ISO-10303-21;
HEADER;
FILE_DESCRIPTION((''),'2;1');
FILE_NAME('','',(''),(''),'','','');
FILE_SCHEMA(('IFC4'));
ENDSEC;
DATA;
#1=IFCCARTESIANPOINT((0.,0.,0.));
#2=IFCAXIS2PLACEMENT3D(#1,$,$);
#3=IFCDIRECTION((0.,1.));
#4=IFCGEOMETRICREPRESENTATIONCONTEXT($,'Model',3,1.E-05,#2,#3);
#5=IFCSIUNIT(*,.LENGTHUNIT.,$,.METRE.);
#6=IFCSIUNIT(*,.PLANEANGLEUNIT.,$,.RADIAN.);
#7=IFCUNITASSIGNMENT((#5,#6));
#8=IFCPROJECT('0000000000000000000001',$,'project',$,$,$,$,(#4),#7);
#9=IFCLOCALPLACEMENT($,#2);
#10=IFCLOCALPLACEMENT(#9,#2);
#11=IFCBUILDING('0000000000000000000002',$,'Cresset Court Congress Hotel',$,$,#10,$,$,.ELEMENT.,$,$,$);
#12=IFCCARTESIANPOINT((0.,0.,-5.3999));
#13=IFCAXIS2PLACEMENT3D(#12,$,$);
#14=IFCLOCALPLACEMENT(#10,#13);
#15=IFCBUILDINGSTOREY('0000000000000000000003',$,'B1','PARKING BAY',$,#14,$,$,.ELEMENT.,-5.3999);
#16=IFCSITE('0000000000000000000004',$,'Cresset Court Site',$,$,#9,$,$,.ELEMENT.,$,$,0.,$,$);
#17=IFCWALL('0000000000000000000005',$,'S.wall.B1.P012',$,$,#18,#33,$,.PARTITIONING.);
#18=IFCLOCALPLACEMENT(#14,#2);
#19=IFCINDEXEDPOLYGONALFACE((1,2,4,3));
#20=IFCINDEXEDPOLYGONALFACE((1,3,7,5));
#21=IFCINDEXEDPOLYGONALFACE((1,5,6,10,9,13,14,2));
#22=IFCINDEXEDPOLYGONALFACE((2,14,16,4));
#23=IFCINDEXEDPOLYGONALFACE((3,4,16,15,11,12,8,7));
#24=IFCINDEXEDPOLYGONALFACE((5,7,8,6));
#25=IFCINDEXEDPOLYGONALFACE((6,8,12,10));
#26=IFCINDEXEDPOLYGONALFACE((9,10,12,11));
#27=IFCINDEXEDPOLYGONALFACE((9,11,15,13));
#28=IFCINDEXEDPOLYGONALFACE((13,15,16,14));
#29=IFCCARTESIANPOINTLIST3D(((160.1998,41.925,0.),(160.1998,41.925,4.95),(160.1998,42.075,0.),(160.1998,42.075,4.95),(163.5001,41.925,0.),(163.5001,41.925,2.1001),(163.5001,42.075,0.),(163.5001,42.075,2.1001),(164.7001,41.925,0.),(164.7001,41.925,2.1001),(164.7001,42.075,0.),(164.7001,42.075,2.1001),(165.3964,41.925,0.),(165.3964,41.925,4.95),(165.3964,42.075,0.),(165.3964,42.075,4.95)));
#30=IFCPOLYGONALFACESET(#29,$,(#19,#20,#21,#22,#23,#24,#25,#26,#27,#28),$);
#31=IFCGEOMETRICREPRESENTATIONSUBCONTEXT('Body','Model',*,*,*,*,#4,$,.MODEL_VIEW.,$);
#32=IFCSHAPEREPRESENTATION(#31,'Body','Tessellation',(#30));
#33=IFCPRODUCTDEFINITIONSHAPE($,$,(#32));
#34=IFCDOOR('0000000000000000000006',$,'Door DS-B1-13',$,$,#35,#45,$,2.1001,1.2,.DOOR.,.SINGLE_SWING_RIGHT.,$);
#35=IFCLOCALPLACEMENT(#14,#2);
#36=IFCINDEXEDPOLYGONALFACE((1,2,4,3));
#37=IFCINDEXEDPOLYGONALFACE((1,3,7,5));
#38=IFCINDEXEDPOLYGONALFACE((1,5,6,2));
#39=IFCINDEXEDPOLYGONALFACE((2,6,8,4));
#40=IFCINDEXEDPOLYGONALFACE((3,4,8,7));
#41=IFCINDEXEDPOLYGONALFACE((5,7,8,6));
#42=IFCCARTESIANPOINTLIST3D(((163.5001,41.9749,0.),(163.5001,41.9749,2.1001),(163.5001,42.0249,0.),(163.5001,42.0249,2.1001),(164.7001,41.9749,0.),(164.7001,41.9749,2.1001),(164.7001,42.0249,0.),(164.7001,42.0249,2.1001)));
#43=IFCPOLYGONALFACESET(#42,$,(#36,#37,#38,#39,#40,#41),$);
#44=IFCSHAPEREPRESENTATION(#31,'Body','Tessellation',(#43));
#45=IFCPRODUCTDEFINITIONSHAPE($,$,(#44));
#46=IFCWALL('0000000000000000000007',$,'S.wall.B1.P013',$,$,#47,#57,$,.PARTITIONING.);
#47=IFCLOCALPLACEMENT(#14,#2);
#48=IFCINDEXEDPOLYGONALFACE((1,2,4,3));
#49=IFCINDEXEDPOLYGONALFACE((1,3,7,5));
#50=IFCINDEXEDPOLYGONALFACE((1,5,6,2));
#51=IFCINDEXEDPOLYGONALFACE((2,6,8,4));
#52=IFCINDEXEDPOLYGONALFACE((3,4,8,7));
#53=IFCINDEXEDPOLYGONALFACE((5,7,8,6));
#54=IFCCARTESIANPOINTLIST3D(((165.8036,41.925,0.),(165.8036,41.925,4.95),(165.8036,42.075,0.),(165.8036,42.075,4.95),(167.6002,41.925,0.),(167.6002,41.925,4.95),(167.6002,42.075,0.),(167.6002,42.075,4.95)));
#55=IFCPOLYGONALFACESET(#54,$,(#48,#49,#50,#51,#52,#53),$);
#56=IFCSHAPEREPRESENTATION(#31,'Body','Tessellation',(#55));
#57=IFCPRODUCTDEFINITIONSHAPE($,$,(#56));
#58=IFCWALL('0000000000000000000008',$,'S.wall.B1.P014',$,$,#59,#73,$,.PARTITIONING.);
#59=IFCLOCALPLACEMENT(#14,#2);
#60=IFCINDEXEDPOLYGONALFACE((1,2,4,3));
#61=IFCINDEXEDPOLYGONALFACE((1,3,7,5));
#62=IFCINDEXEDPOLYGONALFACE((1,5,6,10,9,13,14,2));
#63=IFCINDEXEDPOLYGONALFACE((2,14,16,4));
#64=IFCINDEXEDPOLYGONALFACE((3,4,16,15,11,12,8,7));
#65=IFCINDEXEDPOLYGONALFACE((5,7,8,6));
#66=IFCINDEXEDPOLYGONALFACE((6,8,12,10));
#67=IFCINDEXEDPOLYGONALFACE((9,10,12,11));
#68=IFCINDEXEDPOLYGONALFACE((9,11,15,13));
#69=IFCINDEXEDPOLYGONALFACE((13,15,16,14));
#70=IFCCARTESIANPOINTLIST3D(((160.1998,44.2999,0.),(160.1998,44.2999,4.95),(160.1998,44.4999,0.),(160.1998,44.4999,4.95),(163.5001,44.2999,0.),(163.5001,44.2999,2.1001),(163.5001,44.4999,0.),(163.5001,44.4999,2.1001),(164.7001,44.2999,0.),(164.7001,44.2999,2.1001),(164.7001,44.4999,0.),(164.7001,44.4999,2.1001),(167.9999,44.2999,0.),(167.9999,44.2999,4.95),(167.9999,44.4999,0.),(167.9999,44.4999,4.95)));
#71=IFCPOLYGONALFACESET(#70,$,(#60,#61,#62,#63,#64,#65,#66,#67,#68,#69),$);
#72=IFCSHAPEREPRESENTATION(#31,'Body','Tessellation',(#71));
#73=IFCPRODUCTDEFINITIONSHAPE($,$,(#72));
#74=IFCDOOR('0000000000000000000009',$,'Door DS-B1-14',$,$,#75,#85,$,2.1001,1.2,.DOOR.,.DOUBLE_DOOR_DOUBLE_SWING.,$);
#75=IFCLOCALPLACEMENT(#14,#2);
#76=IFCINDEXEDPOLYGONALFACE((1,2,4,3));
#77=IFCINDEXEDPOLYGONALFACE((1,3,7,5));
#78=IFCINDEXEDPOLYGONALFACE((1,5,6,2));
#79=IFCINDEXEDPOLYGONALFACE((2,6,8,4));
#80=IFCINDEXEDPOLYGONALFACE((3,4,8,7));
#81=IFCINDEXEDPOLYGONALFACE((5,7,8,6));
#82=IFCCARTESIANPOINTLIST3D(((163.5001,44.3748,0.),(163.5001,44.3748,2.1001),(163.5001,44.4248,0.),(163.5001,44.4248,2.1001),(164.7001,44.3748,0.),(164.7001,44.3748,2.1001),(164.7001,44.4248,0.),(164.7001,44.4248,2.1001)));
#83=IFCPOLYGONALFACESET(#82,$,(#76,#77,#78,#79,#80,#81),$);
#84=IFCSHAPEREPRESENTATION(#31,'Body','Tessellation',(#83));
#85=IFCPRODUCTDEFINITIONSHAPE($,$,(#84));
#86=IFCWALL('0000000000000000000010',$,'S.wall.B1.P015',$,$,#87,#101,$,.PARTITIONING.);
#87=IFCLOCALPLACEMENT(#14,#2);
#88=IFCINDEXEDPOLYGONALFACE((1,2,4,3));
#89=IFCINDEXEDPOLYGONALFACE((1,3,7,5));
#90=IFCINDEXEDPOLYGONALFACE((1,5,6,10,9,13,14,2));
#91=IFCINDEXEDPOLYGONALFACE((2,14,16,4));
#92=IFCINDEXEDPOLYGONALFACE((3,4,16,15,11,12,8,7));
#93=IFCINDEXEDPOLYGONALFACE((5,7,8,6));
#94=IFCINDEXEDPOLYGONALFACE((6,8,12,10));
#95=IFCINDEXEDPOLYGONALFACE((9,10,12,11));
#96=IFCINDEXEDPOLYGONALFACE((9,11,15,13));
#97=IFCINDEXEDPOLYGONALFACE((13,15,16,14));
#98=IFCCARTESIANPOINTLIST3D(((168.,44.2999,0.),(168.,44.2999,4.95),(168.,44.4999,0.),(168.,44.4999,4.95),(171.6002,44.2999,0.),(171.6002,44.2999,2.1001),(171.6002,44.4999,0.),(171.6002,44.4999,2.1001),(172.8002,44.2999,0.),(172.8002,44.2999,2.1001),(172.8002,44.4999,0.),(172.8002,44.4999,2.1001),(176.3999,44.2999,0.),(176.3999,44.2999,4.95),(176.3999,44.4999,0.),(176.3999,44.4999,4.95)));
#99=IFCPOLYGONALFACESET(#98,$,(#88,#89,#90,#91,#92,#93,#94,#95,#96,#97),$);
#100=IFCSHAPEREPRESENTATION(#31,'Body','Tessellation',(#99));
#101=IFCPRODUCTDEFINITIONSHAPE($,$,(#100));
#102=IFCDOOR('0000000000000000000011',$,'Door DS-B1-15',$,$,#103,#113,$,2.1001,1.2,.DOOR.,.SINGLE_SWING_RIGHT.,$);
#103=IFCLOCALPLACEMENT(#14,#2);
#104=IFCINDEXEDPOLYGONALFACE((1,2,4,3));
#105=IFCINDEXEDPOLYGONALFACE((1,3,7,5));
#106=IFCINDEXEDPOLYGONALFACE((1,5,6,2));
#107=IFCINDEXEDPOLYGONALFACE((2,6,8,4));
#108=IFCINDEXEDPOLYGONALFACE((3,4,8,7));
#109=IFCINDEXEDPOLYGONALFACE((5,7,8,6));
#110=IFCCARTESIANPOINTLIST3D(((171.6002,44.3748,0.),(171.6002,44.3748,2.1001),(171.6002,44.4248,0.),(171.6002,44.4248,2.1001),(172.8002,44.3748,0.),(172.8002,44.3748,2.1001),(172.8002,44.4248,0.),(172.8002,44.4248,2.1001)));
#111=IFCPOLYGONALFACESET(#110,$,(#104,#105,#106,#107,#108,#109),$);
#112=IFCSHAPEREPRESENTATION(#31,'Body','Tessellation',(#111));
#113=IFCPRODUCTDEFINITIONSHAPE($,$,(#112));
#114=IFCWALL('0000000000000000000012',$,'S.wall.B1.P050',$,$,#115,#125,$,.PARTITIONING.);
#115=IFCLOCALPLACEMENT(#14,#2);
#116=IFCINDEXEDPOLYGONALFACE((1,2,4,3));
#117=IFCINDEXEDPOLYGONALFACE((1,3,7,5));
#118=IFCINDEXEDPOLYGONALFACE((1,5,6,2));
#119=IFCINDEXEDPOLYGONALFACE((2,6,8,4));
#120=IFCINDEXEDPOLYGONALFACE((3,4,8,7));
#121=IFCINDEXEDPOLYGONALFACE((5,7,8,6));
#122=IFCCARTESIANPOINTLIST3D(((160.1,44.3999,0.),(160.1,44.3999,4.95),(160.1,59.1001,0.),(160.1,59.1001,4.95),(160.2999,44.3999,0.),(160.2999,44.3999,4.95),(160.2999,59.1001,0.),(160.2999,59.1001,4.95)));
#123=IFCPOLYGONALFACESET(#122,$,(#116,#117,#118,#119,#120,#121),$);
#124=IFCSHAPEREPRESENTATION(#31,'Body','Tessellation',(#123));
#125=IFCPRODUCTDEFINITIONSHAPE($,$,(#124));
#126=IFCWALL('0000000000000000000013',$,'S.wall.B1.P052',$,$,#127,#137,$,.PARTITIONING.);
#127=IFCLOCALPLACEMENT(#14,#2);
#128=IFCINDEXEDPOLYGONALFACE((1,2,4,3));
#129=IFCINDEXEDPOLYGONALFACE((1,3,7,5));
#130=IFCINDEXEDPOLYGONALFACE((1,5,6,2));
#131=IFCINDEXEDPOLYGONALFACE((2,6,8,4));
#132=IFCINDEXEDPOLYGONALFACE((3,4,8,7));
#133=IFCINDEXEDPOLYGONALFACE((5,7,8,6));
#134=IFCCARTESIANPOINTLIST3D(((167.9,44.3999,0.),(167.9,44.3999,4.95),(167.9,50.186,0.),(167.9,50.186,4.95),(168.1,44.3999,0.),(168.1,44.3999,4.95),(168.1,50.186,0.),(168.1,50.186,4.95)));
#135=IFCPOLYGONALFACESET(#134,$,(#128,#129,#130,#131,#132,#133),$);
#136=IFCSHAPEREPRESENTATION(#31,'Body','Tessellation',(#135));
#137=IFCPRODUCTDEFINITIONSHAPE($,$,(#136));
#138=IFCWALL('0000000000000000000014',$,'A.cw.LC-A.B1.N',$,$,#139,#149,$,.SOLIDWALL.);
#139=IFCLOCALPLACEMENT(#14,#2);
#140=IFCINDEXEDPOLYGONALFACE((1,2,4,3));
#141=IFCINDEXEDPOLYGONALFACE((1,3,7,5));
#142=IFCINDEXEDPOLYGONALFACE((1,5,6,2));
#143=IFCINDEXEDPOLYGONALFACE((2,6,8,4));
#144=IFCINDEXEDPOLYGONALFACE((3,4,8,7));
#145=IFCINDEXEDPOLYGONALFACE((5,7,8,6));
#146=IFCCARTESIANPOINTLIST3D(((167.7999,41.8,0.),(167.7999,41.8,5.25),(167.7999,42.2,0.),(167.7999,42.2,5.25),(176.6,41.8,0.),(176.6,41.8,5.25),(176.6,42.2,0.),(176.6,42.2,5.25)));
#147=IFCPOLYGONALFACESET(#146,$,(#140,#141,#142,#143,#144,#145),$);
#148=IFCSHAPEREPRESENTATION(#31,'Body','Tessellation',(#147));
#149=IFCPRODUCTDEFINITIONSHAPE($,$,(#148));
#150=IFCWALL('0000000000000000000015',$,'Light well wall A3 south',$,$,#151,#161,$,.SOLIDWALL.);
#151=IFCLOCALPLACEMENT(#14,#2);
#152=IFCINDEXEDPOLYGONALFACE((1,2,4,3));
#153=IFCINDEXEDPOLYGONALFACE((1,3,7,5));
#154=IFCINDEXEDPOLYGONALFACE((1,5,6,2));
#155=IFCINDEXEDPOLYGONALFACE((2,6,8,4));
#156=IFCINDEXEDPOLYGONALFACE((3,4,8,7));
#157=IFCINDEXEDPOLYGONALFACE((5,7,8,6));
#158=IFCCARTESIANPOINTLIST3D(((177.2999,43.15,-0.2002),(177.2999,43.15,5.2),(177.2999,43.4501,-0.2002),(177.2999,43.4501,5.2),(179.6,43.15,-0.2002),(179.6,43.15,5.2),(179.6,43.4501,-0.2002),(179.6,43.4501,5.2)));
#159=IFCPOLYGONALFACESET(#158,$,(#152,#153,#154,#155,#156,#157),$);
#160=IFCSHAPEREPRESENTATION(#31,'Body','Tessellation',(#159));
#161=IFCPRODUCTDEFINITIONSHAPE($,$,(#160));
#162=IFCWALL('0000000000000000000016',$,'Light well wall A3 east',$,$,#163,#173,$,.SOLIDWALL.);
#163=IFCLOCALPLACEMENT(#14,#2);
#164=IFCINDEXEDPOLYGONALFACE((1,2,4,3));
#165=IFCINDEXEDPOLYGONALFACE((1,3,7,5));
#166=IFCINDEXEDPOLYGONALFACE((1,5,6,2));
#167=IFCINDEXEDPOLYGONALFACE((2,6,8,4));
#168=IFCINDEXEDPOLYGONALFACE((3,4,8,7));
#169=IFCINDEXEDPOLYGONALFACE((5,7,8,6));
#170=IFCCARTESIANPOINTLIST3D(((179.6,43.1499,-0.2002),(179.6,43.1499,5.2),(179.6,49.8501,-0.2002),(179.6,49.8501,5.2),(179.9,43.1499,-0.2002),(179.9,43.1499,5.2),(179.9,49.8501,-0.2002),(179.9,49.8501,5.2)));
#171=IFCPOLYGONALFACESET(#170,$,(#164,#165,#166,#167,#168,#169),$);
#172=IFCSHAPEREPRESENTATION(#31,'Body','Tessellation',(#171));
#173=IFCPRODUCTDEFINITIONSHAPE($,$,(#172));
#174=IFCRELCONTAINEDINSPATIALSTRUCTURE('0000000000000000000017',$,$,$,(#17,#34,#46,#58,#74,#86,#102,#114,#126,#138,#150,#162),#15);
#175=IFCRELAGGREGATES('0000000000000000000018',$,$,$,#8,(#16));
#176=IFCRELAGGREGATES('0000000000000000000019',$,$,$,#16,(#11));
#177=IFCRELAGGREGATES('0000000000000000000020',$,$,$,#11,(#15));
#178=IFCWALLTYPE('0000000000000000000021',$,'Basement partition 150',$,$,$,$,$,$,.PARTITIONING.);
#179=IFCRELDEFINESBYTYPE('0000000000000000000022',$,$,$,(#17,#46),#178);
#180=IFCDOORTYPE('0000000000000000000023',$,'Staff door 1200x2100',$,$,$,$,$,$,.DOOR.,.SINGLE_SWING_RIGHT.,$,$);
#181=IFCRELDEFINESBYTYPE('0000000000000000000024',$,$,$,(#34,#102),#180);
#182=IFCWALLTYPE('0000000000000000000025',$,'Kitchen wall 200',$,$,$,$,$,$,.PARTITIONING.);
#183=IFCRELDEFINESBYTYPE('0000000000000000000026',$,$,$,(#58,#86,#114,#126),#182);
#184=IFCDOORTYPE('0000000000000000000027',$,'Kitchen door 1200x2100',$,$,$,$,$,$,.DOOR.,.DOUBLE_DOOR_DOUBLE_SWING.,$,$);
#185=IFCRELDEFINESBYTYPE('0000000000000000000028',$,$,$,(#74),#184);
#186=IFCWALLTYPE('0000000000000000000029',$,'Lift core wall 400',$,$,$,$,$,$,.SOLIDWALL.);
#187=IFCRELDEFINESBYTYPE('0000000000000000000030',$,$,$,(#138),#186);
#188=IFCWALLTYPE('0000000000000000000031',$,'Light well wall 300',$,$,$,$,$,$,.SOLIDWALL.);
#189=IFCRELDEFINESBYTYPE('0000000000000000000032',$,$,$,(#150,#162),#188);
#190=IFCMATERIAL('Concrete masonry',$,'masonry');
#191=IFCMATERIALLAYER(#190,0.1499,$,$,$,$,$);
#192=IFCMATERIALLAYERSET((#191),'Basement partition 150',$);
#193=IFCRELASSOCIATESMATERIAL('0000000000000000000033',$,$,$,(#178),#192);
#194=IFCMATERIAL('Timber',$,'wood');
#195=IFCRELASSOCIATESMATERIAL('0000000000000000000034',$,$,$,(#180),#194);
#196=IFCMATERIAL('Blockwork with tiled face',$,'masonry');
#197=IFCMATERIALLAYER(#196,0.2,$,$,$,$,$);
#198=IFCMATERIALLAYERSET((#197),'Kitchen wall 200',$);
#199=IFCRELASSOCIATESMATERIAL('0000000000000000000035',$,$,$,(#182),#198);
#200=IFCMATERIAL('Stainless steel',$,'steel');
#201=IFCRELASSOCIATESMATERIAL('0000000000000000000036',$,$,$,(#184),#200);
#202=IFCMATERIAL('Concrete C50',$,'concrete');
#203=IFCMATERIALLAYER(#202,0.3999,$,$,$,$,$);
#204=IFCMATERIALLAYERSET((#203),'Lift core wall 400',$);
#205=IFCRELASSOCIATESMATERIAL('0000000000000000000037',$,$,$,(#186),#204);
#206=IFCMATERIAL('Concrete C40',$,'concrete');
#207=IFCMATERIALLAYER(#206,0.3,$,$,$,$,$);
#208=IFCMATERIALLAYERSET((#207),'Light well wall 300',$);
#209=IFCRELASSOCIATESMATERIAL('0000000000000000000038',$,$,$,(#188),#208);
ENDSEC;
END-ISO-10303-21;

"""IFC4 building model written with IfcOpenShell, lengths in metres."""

from ifc_helpers import new_model, si_unit, direction, frame, frame_2d, origin, place, context, subcontext, project, spatial, rectangle, extrude, material, layer, layer_set, type_object, element, fill, save


model = new_model("IFC4")

# Units and contexts
model_context = context("Model", 3, precision=1e-05, world=origin(), true_north=direction((0.0, 1.0)))
body_context = subcontext(model_context, "Body", "Model", "MODEL_VIEW")
ifc_project = project(units=[si_unit("LENGTHUNIT", "METRE"), si_unit("PLANEANGLEUNIT", "RADIAN")], contexts=[model_context])

# Site, building, storey
site_placement = place(None, origin())
site = spatial("IfcSite", under=ifc_project, at=site_placement, Name="Cresset Court Site", CompositionType="ELEMENT", RefElevation=0.0)
building_placement = place(site_placement, origin())
building = spatial("IfcBuilding", under=site, at=building_placement, Name="Cresset Court Congress Hotel", CompositionType="ELEMENT")
storey_placement = place(building_placement, frame((0.0, 0.0, -5.3999)))
storey = spatial("IfcBuildingStorey", under=building, at=storey_placement, Name="B1", Description="PARKING BAY", CompositionType="ELEMENT", Elevation=-5.3999)

# Wall, opening, door
ifc_material_1 = material(Name="Concrete masonry", Category="masonry")
ifc_layer_1 = layer(ifc_material_1, 0.1499)
ifc_layer_set_1 = layer_set([ifc_layer_1], Name="Basement partition 150")
wall_type_1 = type_object("IfcWallType", Name="Basement partition 150", PredefinedType="PARTITIONING", material=ifc_layer_set_1)
wall_1_placement = place(storey_placement, frame((160.2, 42.0, 0.0), z_axis=(0.0, 0.0, 1.0), x_axis=(1.0, 0.0, 0.0)))
wall_1 = element("IfcWall", 1, at=wall_1_placement, inside=storey, type_object=wall_type_1, Name="S.wall.B1.P012", PredefinedType="PARTITIONING", context=body_context, shape_type="SweptSolid", body=[
    extrude(rectangle(XDim=5.1965, YDim=0.1499, at=frame_2d((2.5981, 0.0))), origin(), (0.0, 0.0, 1.0), 4.95),
])
opening_1_placement = place(wall_1_placement, frame((3.3, 0.0, 0.0)))
opening_1 = element("IfcOpeningElement", 2, at=opening_1_placement, cuts=wall_1, PredefinedType="OPENING", context=body_context, shape_type="SweptSolid", body=[
    extrude(rectangle(XDim=1.2, YDim=2.1001, at=frame_2d((0.6001, 1.05))), frame((0.0, 0.085, 0.0), z_axis=(0.0, -1.0, 0.0), x_axis=(1.0, 0.0, 0.0)), (0.0, 0.0, 1.0), 0.1699),
])
ifc_material_2 = material(Name="Timber", Category="wood")
door_type_1 = type_object("IfcDoorType", Name="Staff door 1200x2100", OperationType="SINGLE_SWING_RIGHT", PredefinedType="DOOR", material=ifc_material_2)
door_1_placement = place(opening_1_placement, origin())
door_1 = element("IfcDoor", 3, at=door_1_placement, inside=storey, type_object=door_type_1, Name="Door DS-B1-13", OperationType="SINGLE_SWING_RIGHT", OverallHeight=2.1001, OverallWidth=1.2, PredefinedType="DOOR", context=body_context, shape_type="SweptSolid", body=[
    extrude(rectangle(XDim=1.2, YDim=2.1001, at=frame_2d((0.6001, 1.05))), frame((0.0, 0.0249, 0.0), z_axis=(0.0, -1.0, 0.0), x_axis=(1.0, 0.0, 0.0)), (0.0, 0.0, 1.0), 0.05),
])
fill(opening_1, door_1)

# Wall
wall_2_placement = place(storey_placement, frame((165.8035, 42.0, 0.0), z_axis=(0.0, 0.0, 1.0), x_axis=(1.0, 0.0, 0.0)))
element("IfcWall", 4, at=wall_2_placement, inside=storey, type_object=wall_type_1, Name="S.wall.B1.P013", PredefinedType="PARTITIONING", context=body_context, shape_type="SweptSolid", body=[
    extrude(rectangle(XDim=1.7966, YDim=0.1499, at=frame_2d((0.8984, 0.0))), origin(), (0.0, 0.0, 1.0), 4.95),
])

# Walls, openings, doors
ifc_material_3 = material(Name="Blockwork with tiled face", Category="masonry")
ifc_layer_2 = layer(ifc_material_3, 0.2)
ifc_layer_set_2 = layer_set([ifc_layer_2], Name="Kitchen wall 200")
wall_type_2 = type_object("IfcWallType", Name="Kitchen wall 200", PredefinedType="PARTITIONING", material=ifc_layer_set_2)
wall_3_placement = place(storey_placement, frame((160.2, 44.3999, 0.0), z_axis=(0.0, 0.0, 1.0), x_axis=(1.0, 0.0, 0.0)))
wall_3 = element("IfcWall", 5, at=wall_3_placement, inside=storey, type_object=wall_type_2, Name="S.wall.B1.P014", PredefinedType="PARTITIONING", context=body_context, shape_type="SweptSolid", body=[
    extrude(rectangle(XDim=7.8, YDim=0.2, at=frame_2d((3.8999, 0.0))), origin(), (0.0, 0.0, 1.0), 4.95),
])
opening_2_placement = place(wall_3_placement, frame((3.3, 0.0, 0.0)))
opening_2 = element("IfcOpeningElement", 6, at=opening_2_placement, cuts=wall_3, PredefinedType="OPENING", context=body_context, shape_type="SweptSolid", body=[
    extrude(rectangle(XDim=1.2, YDim=2.1001, at=frame_2d((0.6001, 1.05))), frame((0.0, 0.1099, 0.0), z_axis=(0.0, -1.0, 0.0), x_axis=(1.0, 0.0, 0.0)), (0.0, 0.0, 1.0), 0.22),
])
ifc_material_4 = material(Name="Stainless steel", Category="steel")
door_type_2 = type_object("IfcDoorType", Name="Kitchen door 1200x2100", OperationType="DOUBLE_DOOR_DOUBLE_SWING", PredefinedType="DOOR", material=ifc_material_4)
door_2_placement = place(opening_2_placement, origin())
door_2 = element("IfcDoor", 7, at=door_2_placement, inside=storey, type_object=door_type_2, Name="Door DS-B1-14", OperationType="DOUBLE_DOOR_DOUBLE_SWING", OverallHeight=2.1001, OverallWidth=1.2, PredefinedType="DOOR", context=body_context, shape_type="SweptSolid", body=[
    extrude(rectangle(XDim=1.2, YDim=2.1001, at=frame_2d((0.6001, 1.05))), frame((0.0, 0.0249, 0.0), z_axis=(0.0, -1.0, 0.0), x_axis=(1.0, 0.0, 0.0)), (0.0, 0.0, 1.0), 0.05),
])
fill(opening_2, door_2)
wall_4_placement = place(storey_placement, frame((168.0, 44.3999, 0.0), z_axis=(0.0, 0.0, 1.0), x_axis=(1.0, 0.0, 0.0)))
wall_4 = element("IfcWall", 8, at=wall_4_placement, inside=storey, type_object=wall_type_2, Name="S.wall.B1.P015", PredefinedType="PARTITIONING", context=body_context, shape_type="SweptSolid", body=[
    extrude(rectangle(XDim=8.3999, YDim=0.2, at=frame_2d((4.2, 0.0))), origin(), (0.0, 0.0, 1.0), 4.95),
])
opening_3_placement = place(wall_4_placement, frame((3.6001, 0.0, 0.0)))
opening_3 = element("IfcOpeningElement", 9, at=opening_3_placement, cuts=wall_4, PredefinedType="OPENING", context=body_context, shape_type="SweptSolid", body=[
    extrude(rectangle(XDim=1.2, YDim=2.1001, at=frame_2d((0.6001, 1.05))), frame((0.0, 0.1099, 0.0), z_axis=(0.0, -1.0, 0.0), x_axis=(1.0, 0.0, 0.0)), (0.0, 0.0, 1.0), 0.22),
])
door_3_placement = place(opening_3_placement, origin())
door_3 = element("IfcDoor", 10, at=door_3_placement, inside=storey, type_object=door_type_1, Name="Door DS-B1-15", OperationType="SINGLE_SWING_RIGHT", OverallHeight=2.1001, OverallWidth=1.2, PredefinedType="DOOR", context=body_context, shape_type="SweptSolid", body=[
    extrude(rectangle(XDim=1.2, YDim=2.1001, at=frame_2d((0.6001, 1.05))), frame((0.0, 0.0249, 0.0), z_axis=(0.0, -1.0, 0.0), x_axis=(1.0, 0.0, 0.0)), (0.0, 0.0, 1.0), 0.05),
])
fill(opening_3, door_3)

# Walls
wall_5_placement = place(storey_placement, frame((160.2, 44.3999, 0.0), z_axis=(0.0, 0.0, 1.0), x_axis=(0.0, 1.0, 0.0)))
element("IfcWall", 11, at=wall_5_placement, inside=storey, type_object=wall_type_2, Name="S.wall.B1.P050", PredefinedType="PARTITIONING", context=body_context, shape_type="SweptSolid", body=[
    extrude(rectangle(XDim=14.7002, YDim=0.2, at=frame_2d((7.3501, 0.0))), origin(), (0.0, 0.0, 1.0), 4.95),
])
wall_6_placement = place(storey_placement, frame((168.0, 44.3999, 0.0), z_axis=(0.0, 0.0, 1.0), x_axis=(0.0, 1.0, 0.0)))
element("IfcWall", 12, at=wall_6_placement, inside=storey, type_object=wall_type_2, Name="S.wall.B1.P052", PredefinedType="PARTITIONING", context=body_context, shape_type="SweptSolid", body=[
    extrude(rectangle(XDim=5.7861, YDim=0.2, at=frame_2d((2.8931, 0.0))), origin(), (0.0, 0.0, 1.0), 4.95),
])
ifc_material_5 = material(Name="Concrete C50", Category="concrete")
ifc_layer_3 = layer(ifc_material_5, 0.3999)
ifc_layer_set_3 = layer_set([ifc_layer_3], Name="Lift core wall 400")
wall_type_3 = type_object("IfcWallType", Name="Lift core wall 400", PredefinedType="SOLIDWALL", material=ifc_layer_set_3)
wall_7_placement = place(storey_placement, frame((167.8, 42.0, 0.0), z_axis=(0.0, 0.0, 1.0), x_axis=(1.0, 0.0, 0.0)))
element("IfcWall", 13, at=wall_7_placement, inside=storey, type_object=wall_type_3, Name="A.cw.LC-A.B1.N", PredefinedType="SOLIDWALL", context=body_context, shape_type="SweptSolid", body=[
    extrude(rectangle(XDim=8.8, YDim=0.3999, at=frame_2d((4.3999, 0.0))), origin(), (0.0, 0.0, 1.0), 5.25),
])
ifc_material_6 = material(Name="Concrete C40", Category="concrete")
ifc_layer_4 = layer(ifc_material_6, 0.3)
ifc_layer_set_4 = layer_set([ifc_layer_4], Name="Light well wall 300")
wall_type_4 = type_object("IfcWallType", Name="Light well wall 300", PredefinedType="SOLIDWALL", material=ifc_layer_set_4)
wall_8_placement = place(storey_placement, frame((177.3, 43.3, -0.2002), z_axis=(0.0, 0.0, 1.0), x_axis=(1.0, 0.0, 0.0)))
element("IfcWall", 14, at=wall_8_placement, inside=storey, type_object=wall_type_4, Name="Light well wall A3 south", PredefinedType="SOLIDWALL", context=body_context, shape_type="SweptSolid", body=[
    extrude(rectangle(XDim=2.3, YDim=0.3, at=frame_2d((1.1499, 0.0))), origin(), (0.0, 0.0, 1.0), 5.4001),
])
wall_9_placement = place(storey_placement, frame((179.75, 43.1499, -0.2002), z_axis=(0.0, 0.0, 1.0), x_axis=(0.0, 1.0, 0.0)))
element("IfcWall", 15, at=wall_9_placement, inside=storey, type_object=wall_type_4, Name="Light well wall A3 east", PredefinedType="SOLIDWALL", context=body_context, shape_type="SweptSolid", body=[
    extrude(rectangle(XDim=6.7002, YDim=0.3, at=frame_2d((3.3501, 0.0))), origin(), (0.0, 0.0, 1.0), 5.4001),
])

save(model, "model.ifc")
